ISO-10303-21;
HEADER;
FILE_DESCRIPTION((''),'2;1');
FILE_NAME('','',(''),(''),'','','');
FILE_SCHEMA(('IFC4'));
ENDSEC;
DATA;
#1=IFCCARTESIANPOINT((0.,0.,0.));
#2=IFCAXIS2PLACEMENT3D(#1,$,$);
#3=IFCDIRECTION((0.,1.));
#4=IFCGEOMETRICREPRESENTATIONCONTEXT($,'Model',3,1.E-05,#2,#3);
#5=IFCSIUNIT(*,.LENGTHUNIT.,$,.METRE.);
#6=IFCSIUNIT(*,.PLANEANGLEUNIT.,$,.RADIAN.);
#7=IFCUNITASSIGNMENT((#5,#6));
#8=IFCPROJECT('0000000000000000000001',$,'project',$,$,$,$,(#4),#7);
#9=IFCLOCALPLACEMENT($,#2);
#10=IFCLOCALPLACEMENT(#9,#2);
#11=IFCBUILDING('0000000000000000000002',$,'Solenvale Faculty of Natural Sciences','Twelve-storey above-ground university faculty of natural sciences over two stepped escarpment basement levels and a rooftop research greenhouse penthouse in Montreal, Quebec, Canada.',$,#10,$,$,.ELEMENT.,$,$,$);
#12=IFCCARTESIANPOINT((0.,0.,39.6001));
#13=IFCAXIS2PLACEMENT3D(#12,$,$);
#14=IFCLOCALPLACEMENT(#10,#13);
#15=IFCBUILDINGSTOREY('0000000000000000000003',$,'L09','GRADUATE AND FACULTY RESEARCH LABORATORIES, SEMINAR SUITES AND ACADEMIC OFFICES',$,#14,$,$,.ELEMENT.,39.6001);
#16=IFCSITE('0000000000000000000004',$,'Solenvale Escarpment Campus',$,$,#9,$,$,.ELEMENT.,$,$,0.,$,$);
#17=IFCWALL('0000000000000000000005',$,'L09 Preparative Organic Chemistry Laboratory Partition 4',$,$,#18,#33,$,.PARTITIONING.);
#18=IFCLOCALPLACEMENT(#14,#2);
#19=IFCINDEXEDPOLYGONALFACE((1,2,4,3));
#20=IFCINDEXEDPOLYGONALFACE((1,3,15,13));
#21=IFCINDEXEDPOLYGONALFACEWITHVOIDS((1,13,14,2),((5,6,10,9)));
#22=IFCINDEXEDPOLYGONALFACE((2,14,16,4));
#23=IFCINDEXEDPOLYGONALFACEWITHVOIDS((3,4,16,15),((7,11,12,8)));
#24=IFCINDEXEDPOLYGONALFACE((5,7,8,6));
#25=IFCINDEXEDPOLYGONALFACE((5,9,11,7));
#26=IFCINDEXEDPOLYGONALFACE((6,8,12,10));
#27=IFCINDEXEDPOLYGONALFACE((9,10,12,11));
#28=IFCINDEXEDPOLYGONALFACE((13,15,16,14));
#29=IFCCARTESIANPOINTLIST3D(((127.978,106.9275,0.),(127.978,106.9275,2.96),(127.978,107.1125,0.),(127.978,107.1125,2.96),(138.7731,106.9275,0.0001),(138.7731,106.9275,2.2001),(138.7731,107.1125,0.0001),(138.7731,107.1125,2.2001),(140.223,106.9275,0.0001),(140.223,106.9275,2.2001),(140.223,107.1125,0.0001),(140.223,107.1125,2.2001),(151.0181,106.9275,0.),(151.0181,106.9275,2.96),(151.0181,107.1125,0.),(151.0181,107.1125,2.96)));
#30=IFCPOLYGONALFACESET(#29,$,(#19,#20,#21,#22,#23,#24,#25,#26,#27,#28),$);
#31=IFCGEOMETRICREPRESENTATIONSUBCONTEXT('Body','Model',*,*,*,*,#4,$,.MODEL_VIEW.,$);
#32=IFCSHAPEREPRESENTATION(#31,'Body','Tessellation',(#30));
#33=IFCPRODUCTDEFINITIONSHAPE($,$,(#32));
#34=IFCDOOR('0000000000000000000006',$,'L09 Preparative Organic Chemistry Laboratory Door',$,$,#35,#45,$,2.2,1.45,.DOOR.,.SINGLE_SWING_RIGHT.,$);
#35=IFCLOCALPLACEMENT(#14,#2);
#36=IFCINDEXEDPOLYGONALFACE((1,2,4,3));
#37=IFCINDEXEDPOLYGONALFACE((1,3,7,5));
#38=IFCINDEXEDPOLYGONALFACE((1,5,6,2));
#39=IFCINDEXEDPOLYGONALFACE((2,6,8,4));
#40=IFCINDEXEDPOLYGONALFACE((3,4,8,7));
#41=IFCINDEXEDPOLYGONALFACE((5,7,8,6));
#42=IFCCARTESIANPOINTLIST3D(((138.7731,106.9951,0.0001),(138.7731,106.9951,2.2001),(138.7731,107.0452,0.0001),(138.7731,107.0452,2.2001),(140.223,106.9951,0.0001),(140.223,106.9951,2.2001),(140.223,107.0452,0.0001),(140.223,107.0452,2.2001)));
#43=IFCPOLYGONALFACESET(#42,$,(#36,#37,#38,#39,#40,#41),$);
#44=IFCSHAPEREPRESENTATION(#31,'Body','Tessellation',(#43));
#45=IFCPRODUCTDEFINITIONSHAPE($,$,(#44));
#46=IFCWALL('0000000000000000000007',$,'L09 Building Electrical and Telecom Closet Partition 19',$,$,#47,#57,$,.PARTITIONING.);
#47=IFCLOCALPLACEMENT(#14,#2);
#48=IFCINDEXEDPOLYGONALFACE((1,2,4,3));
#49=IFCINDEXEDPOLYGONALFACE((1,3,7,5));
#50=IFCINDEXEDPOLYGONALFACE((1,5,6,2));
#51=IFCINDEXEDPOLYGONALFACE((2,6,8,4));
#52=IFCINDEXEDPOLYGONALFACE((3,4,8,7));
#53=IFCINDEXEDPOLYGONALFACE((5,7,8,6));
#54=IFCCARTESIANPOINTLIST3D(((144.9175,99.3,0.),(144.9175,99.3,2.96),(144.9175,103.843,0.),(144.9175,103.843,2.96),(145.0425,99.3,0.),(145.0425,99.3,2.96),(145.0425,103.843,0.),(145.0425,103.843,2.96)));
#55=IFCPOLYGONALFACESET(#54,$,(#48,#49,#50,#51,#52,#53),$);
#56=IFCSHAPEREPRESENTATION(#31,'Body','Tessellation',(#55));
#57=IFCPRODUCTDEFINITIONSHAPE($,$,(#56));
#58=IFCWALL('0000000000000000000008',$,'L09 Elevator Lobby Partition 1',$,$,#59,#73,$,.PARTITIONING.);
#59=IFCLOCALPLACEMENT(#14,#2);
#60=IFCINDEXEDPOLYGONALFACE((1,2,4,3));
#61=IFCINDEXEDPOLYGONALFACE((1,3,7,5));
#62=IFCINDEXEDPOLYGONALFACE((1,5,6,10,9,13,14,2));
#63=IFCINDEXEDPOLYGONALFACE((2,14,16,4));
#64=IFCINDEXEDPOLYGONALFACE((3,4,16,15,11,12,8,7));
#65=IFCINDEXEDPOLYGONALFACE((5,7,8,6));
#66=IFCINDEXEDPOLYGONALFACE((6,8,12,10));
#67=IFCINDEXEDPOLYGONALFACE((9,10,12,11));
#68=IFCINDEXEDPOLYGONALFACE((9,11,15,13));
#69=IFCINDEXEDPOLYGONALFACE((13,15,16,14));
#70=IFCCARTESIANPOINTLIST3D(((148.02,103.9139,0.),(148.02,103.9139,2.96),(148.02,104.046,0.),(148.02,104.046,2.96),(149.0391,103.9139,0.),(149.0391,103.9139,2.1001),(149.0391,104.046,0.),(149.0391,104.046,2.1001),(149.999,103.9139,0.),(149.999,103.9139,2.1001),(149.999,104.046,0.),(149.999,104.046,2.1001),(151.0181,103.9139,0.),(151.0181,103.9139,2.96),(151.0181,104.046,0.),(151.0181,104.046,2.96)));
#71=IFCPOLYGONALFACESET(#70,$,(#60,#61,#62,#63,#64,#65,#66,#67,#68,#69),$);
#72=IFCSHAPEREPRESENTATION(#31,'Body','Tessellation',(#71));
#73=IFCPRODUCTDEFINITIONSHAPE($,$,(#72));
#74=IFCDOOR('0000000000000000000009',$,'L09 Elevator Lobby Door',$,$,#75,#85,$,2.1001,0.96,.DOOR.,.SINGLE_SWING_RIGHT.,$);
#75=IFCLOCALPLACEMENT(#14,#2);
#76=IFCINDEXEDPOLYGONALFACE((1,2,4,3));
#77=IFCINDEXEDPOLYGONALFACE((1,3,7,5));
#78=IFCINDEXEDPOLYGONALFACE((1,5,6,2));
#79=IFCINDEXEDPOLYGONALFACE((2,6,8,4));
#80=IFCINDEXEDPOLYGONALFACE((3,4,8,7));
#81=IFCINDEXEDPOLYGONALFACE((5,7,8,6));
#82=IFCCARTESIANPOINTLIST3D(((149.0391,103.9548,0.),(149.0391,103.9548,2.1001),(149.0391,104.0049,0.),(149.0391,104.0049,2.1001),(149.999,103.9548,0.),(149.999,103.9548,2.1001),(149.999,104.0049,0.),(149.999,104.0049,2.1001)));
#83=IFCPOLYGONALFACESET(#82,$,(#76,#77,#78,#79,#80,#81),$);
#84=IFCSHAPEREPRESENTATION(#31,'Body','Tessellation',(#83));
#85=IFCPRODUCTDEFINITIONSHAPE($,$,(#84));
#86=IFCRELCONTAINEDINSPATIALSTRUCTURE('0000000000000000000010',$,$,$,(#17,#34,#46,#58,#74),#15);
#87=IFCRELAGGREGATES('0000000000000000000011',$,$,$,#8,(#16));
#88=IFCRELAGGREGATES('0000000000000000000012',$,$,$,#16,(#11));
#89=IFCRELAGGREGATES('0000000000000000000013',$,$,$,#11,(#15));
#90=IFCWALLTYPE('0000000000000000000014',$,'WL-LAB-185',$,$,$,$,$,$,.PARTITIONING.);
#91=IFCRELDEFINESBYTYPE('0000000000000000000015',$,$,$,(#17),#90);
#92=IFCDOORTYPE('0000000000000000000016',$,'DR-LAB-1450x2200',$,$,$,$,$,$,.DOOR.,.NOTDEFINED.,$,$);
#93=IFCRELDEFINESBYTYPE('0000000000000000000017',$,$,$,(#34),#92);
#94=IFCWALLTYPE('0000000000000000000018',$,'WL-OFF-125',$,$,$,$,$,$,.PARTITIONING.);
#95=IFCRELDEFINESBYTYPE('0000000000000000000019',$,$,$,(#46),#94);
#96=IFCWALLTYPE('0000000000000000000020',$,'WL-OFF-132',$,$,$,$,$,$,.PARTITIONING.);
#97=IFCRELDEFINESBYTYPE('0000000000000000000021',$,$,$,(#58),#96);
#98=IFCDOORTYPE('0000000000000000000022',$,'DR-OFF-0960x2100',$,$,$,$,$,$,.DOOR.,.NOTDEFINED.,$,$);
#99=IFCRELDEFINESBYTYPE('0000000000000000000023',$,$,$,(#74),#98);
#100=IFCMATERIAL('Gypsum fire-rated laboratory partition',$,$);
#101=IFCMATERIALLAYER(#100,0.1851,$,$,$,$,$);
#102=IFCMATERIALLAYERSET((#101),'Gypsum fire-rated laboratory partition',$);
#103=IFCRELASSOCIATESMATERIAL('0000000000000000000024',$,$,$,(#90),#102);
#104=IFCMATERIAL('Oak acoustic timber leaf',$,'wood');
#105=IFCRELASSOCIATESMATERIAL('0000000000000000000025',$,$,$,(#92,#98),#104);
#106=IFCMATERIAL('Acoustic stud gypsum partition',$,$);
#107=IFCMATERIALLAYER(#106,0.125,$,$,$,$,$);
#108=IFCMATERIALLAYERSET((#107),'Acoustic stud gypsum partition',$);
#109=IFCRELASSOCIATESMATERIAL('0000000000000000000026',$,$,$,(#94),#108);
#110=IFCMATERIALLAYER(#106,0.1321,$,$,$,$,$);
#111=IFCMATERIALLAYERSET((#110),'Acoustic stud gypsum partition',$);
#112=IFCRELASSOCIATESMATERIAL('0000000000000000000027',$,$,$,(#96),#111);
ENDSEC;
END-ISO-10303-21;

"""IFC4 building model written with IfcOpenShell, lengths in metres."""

from ifc_helpers import new_model, si_unit, direction, frame, frame_2d, origin, place, context, subcontext, project, spatial, rectangle, extrude, material, layer, layer_set, type_object, element, fill, save


model = new_model("IFC4")

# Units and contexts
model_context = context("Model", 3, precision=1e-05, world=origin(), true_north=direction((0.0, 1.0)))
body_context = subcontext(model_context, "Body", "Model", "MODEL_VIEW")
ifc_project = project(units=[si_unit("LENGTHUNIT", "METRE"), si_unit("PLANEANGLEUNIT", "RADIAN")], contexts=[model_context])

# Site, building, storey
site_placement = place(None, origin())
site = spatial("IfcSite", under=ifc_project, at=site_placement, Name="Solenvale Escarpment Campus", CompositionType="ELEMENT", RefElevation=0.0)
building_placement = place(site_placement, origin())
building = spatial("IfcBuilding", under=site, at=building_placement, Name="Solenvale Faculty of Natural Sciences", Description="Twelve-storey above-ground university faculty of natural sciences over two stepped escarpment basement levels and a rooftop research greenhouse penthouse in Montreal, Quebec, Canada.", CompositionType="ELEMENT")
storey_placement = place(building_placement, frame((0.0, 0.0, 39.6001)))
storey = spatial("IfcBuildingStorey", under=building, at=storey_placement, Name="L09", Description="GRADUATE AND FACULTY RESEARCH LABORATORIES, SEMINAR SUITES AND ACADEMIC OFFICES", CompositionType="ELEMENT", Elevation=39.6001)

# Wall, opening, door
ifc_material_1 = material(Name="Gypsum fire-rated laboratory partition")
ifc_layer_1 = layer(ifc_material_1, 0.1851)
ifc_layer_set_1 = layer_set([ifc_layer_1], Name="Gypsum fire-rated laboratory partition")
wall_type_1 = type_object("IfcWallType", Name="WL-LAB-185", PredefinedType="PARTITIONING", material=ifc_layer_set_1)
wall_1_placement = place(storey_placement, frame((151.0181, 107.02, 0.0), z_axis=(0.0, 0.0, 1.0), x_axis=(-1.0, 0.0, 0.0)))
wall_1 = element("IfcWall", 1, at=wall_1_placement, inside=storey, type_object=wall_type_1, Name="L09 Preparative Organic Chemistry Laboratory Partition 4", PredefinedType="PARTITIONING", context=body_context, shape_type="SweptSolid", body=[
    extrude(rectangle(XDim=23.04, YDim=0.1851, at=frame_2d((11.52, 0.0))), origin(), (0.0, 0.0, 1.0), 2.96),
])
opening_1_placement = place(wall_1_placement, frame((10.7949, 0.0, 0.0)))
opening_1 = element("IfcOpeningElement", 2, at=opening_1_placement, cuts=wall_1, PredefinedType="OPENING", context=body_context, shape_type="SweptSolid", body=[
    extrude(rectangle(XDim=1.45, YDim=2.2, at=frame_2d((0.7251, 1.1001))), frame((0.0, 0.1025, 0.0), z_axis=(0.0, -1.0, 0.0), x_axis=(1.0, 0.0, 0.0)), (0.0, 0.0, 1.0), 0.2051),
])
ifc_material_2 = material(Name="Oak acoustic timber leaf", Category="wood")
door_type_1 = type_object("IfcDoorType", Name="DR-LAB-1450x2200", OperationType="NOTDEFINED", PredefinedType="DOOR", material=ifc_material_2)
door_1_placement = place(opening_1_placement, origin())
door_1 = element("IfcDoor", 3, at=door_1_placement, inside=storey, type_object=door_type_1, Name="L09 Preparative Organic Chemistry Laboratory Door", OperationType="SINGLE_SWING_RIGHT", OverallHeight=2.2, OverallWidth=1.45, PredefinedType="DOOR", context=body_context, shape_type="SweptSolid", body=[
    extrude(rectangle(XDim=1.45, YDim=2.2, at=frame_2d((0.7251, 1.1001))), frame((0.0, 0.0249, 0.0), z_axis=(0.0, -1.0, 0.0), x_axis=(1.0, 0.0, 0.0)), (0.0, 0.0, 1.0), 0.05),
])
fill(opening_1, door_1)

# Wall
ifc_material_3 = material(Name="Acoustic stud gypsum partition")
ifc_layer_2 = layer(ifc_material_3, 0.125)
ifc_layer_set_2 = layer_set([ifc_layer_2], Name="Acoustic stud gypsum partition")
wall_type_2 = type_object("IfcWallType", Name="WL-OFF-125", PredefinedType="PARTITIONING", material=ifc_layer_set_2)
wall_2_placement = place(storey_placement, frame((144.98, 103.843, 0.0), z_axis=(0.0, 0.0, 1.0), x_axis=(0.0, -1.0, 0.0)))
element("IfcWall", 4, at=wall_2_placement, inside=storey, type_object=wall_type_2, Name="L09 Building Electrical and Telecom Closet Partition 19", PredefinedType="PARTITIONING", context=body_context, shape_type="SweptSolid", body=[
    extrude(rectangle(XDim=4.543, YDim=0.125, at=frame_2d((2.2715, 0.0))), origin(), (0.0, 0.0, 1.0), 2.96),
])

# Wall, opening, door
ifc_layer_3 = layer(ifc_material_3, 0.1321)
ifc_layer_set_3 = layer_set([ifc_layer_3], Name="Acoustic stud gypsum partition")
wall_type_3 = type_object("IfcWallType", Name="WL-OFF-132", PredefinedType="PARTITIONING", material=ifc_layer_set_3)
wall_3_placement = place(storey_placement, frame((148.02, 103.98, 0.0), z_axis=(0.0, 0.0, 1.0), x_axis=(1.0, 0.0, 0.0)))
wall_3 = element("IfcWall", 5, at=wall_3_placement, inside=storey, type_object=wall_type_3, Name="L09 Elevator Lobby Partition 1", PredefinedType="PARTITIONING", context=body_context, shape_type="SweptSolid", body=[
    extrude(rectangle(XDim=2.998, YDim=0.1321, at=frame_2d((1.499, 0.0))), origin(), (0.0, 0.0, 1.0), 2.96),
])
opening_2_placement = place(wall_3_placement, frame((1.019, 0.0, 0.0)))
opening_2 = element("IfcOpeningElement", 6, at=opening_2_placement, cuts=wall_3, PredefinedType="OPENING", context=body_context, shape_type="SweptSolid", body=[
    extrude(rectangle(XDim=0.96, YDim=2.1001, at=frame_2d((0.48, 1.05))), frame((0.0, 0.0759, 0.0), z_axis=(0.0, -1.0, 0.0), x_axis=(1.0, 0.0, 0.0)), (0.0, 0.0, 1.0), 0.1521),
])
door_type_2 = type_object("IfcDoorType", Name="DR-OFF-0960x2100", OperationType="NOTDEFINED", PredefinedType="DOOR", material=ifc_material_2)
door_2_placement = place(opening_2_placement, origin())
door_2 = element("IfcDoor", 7, at=door_2_placement, inside=storey, type_object=door_type_2, Name="L09 Elevator Lobby Door", OperationType="SINGLE_SWING_RIGHT", OverallHeight=2.1001, OverallWidth=0.96, PredefinedType="DOOR", context=body_context, shape_type="SweptSolid", body=[
    extrude(rectangle(XDim=0.96, YDim=2.1001, at=frame_2d((0.48, 1.05))), frame((0.0, 0.0249, 0.0), z_axis=(0.0, -1.0, 0.0), x_axis=(1.0, 0.0, 0.0)), (0.0, 0.0, 1.0), 0.05),
])
fill(opening_2, door_2)

save(model, "model.ifc")
